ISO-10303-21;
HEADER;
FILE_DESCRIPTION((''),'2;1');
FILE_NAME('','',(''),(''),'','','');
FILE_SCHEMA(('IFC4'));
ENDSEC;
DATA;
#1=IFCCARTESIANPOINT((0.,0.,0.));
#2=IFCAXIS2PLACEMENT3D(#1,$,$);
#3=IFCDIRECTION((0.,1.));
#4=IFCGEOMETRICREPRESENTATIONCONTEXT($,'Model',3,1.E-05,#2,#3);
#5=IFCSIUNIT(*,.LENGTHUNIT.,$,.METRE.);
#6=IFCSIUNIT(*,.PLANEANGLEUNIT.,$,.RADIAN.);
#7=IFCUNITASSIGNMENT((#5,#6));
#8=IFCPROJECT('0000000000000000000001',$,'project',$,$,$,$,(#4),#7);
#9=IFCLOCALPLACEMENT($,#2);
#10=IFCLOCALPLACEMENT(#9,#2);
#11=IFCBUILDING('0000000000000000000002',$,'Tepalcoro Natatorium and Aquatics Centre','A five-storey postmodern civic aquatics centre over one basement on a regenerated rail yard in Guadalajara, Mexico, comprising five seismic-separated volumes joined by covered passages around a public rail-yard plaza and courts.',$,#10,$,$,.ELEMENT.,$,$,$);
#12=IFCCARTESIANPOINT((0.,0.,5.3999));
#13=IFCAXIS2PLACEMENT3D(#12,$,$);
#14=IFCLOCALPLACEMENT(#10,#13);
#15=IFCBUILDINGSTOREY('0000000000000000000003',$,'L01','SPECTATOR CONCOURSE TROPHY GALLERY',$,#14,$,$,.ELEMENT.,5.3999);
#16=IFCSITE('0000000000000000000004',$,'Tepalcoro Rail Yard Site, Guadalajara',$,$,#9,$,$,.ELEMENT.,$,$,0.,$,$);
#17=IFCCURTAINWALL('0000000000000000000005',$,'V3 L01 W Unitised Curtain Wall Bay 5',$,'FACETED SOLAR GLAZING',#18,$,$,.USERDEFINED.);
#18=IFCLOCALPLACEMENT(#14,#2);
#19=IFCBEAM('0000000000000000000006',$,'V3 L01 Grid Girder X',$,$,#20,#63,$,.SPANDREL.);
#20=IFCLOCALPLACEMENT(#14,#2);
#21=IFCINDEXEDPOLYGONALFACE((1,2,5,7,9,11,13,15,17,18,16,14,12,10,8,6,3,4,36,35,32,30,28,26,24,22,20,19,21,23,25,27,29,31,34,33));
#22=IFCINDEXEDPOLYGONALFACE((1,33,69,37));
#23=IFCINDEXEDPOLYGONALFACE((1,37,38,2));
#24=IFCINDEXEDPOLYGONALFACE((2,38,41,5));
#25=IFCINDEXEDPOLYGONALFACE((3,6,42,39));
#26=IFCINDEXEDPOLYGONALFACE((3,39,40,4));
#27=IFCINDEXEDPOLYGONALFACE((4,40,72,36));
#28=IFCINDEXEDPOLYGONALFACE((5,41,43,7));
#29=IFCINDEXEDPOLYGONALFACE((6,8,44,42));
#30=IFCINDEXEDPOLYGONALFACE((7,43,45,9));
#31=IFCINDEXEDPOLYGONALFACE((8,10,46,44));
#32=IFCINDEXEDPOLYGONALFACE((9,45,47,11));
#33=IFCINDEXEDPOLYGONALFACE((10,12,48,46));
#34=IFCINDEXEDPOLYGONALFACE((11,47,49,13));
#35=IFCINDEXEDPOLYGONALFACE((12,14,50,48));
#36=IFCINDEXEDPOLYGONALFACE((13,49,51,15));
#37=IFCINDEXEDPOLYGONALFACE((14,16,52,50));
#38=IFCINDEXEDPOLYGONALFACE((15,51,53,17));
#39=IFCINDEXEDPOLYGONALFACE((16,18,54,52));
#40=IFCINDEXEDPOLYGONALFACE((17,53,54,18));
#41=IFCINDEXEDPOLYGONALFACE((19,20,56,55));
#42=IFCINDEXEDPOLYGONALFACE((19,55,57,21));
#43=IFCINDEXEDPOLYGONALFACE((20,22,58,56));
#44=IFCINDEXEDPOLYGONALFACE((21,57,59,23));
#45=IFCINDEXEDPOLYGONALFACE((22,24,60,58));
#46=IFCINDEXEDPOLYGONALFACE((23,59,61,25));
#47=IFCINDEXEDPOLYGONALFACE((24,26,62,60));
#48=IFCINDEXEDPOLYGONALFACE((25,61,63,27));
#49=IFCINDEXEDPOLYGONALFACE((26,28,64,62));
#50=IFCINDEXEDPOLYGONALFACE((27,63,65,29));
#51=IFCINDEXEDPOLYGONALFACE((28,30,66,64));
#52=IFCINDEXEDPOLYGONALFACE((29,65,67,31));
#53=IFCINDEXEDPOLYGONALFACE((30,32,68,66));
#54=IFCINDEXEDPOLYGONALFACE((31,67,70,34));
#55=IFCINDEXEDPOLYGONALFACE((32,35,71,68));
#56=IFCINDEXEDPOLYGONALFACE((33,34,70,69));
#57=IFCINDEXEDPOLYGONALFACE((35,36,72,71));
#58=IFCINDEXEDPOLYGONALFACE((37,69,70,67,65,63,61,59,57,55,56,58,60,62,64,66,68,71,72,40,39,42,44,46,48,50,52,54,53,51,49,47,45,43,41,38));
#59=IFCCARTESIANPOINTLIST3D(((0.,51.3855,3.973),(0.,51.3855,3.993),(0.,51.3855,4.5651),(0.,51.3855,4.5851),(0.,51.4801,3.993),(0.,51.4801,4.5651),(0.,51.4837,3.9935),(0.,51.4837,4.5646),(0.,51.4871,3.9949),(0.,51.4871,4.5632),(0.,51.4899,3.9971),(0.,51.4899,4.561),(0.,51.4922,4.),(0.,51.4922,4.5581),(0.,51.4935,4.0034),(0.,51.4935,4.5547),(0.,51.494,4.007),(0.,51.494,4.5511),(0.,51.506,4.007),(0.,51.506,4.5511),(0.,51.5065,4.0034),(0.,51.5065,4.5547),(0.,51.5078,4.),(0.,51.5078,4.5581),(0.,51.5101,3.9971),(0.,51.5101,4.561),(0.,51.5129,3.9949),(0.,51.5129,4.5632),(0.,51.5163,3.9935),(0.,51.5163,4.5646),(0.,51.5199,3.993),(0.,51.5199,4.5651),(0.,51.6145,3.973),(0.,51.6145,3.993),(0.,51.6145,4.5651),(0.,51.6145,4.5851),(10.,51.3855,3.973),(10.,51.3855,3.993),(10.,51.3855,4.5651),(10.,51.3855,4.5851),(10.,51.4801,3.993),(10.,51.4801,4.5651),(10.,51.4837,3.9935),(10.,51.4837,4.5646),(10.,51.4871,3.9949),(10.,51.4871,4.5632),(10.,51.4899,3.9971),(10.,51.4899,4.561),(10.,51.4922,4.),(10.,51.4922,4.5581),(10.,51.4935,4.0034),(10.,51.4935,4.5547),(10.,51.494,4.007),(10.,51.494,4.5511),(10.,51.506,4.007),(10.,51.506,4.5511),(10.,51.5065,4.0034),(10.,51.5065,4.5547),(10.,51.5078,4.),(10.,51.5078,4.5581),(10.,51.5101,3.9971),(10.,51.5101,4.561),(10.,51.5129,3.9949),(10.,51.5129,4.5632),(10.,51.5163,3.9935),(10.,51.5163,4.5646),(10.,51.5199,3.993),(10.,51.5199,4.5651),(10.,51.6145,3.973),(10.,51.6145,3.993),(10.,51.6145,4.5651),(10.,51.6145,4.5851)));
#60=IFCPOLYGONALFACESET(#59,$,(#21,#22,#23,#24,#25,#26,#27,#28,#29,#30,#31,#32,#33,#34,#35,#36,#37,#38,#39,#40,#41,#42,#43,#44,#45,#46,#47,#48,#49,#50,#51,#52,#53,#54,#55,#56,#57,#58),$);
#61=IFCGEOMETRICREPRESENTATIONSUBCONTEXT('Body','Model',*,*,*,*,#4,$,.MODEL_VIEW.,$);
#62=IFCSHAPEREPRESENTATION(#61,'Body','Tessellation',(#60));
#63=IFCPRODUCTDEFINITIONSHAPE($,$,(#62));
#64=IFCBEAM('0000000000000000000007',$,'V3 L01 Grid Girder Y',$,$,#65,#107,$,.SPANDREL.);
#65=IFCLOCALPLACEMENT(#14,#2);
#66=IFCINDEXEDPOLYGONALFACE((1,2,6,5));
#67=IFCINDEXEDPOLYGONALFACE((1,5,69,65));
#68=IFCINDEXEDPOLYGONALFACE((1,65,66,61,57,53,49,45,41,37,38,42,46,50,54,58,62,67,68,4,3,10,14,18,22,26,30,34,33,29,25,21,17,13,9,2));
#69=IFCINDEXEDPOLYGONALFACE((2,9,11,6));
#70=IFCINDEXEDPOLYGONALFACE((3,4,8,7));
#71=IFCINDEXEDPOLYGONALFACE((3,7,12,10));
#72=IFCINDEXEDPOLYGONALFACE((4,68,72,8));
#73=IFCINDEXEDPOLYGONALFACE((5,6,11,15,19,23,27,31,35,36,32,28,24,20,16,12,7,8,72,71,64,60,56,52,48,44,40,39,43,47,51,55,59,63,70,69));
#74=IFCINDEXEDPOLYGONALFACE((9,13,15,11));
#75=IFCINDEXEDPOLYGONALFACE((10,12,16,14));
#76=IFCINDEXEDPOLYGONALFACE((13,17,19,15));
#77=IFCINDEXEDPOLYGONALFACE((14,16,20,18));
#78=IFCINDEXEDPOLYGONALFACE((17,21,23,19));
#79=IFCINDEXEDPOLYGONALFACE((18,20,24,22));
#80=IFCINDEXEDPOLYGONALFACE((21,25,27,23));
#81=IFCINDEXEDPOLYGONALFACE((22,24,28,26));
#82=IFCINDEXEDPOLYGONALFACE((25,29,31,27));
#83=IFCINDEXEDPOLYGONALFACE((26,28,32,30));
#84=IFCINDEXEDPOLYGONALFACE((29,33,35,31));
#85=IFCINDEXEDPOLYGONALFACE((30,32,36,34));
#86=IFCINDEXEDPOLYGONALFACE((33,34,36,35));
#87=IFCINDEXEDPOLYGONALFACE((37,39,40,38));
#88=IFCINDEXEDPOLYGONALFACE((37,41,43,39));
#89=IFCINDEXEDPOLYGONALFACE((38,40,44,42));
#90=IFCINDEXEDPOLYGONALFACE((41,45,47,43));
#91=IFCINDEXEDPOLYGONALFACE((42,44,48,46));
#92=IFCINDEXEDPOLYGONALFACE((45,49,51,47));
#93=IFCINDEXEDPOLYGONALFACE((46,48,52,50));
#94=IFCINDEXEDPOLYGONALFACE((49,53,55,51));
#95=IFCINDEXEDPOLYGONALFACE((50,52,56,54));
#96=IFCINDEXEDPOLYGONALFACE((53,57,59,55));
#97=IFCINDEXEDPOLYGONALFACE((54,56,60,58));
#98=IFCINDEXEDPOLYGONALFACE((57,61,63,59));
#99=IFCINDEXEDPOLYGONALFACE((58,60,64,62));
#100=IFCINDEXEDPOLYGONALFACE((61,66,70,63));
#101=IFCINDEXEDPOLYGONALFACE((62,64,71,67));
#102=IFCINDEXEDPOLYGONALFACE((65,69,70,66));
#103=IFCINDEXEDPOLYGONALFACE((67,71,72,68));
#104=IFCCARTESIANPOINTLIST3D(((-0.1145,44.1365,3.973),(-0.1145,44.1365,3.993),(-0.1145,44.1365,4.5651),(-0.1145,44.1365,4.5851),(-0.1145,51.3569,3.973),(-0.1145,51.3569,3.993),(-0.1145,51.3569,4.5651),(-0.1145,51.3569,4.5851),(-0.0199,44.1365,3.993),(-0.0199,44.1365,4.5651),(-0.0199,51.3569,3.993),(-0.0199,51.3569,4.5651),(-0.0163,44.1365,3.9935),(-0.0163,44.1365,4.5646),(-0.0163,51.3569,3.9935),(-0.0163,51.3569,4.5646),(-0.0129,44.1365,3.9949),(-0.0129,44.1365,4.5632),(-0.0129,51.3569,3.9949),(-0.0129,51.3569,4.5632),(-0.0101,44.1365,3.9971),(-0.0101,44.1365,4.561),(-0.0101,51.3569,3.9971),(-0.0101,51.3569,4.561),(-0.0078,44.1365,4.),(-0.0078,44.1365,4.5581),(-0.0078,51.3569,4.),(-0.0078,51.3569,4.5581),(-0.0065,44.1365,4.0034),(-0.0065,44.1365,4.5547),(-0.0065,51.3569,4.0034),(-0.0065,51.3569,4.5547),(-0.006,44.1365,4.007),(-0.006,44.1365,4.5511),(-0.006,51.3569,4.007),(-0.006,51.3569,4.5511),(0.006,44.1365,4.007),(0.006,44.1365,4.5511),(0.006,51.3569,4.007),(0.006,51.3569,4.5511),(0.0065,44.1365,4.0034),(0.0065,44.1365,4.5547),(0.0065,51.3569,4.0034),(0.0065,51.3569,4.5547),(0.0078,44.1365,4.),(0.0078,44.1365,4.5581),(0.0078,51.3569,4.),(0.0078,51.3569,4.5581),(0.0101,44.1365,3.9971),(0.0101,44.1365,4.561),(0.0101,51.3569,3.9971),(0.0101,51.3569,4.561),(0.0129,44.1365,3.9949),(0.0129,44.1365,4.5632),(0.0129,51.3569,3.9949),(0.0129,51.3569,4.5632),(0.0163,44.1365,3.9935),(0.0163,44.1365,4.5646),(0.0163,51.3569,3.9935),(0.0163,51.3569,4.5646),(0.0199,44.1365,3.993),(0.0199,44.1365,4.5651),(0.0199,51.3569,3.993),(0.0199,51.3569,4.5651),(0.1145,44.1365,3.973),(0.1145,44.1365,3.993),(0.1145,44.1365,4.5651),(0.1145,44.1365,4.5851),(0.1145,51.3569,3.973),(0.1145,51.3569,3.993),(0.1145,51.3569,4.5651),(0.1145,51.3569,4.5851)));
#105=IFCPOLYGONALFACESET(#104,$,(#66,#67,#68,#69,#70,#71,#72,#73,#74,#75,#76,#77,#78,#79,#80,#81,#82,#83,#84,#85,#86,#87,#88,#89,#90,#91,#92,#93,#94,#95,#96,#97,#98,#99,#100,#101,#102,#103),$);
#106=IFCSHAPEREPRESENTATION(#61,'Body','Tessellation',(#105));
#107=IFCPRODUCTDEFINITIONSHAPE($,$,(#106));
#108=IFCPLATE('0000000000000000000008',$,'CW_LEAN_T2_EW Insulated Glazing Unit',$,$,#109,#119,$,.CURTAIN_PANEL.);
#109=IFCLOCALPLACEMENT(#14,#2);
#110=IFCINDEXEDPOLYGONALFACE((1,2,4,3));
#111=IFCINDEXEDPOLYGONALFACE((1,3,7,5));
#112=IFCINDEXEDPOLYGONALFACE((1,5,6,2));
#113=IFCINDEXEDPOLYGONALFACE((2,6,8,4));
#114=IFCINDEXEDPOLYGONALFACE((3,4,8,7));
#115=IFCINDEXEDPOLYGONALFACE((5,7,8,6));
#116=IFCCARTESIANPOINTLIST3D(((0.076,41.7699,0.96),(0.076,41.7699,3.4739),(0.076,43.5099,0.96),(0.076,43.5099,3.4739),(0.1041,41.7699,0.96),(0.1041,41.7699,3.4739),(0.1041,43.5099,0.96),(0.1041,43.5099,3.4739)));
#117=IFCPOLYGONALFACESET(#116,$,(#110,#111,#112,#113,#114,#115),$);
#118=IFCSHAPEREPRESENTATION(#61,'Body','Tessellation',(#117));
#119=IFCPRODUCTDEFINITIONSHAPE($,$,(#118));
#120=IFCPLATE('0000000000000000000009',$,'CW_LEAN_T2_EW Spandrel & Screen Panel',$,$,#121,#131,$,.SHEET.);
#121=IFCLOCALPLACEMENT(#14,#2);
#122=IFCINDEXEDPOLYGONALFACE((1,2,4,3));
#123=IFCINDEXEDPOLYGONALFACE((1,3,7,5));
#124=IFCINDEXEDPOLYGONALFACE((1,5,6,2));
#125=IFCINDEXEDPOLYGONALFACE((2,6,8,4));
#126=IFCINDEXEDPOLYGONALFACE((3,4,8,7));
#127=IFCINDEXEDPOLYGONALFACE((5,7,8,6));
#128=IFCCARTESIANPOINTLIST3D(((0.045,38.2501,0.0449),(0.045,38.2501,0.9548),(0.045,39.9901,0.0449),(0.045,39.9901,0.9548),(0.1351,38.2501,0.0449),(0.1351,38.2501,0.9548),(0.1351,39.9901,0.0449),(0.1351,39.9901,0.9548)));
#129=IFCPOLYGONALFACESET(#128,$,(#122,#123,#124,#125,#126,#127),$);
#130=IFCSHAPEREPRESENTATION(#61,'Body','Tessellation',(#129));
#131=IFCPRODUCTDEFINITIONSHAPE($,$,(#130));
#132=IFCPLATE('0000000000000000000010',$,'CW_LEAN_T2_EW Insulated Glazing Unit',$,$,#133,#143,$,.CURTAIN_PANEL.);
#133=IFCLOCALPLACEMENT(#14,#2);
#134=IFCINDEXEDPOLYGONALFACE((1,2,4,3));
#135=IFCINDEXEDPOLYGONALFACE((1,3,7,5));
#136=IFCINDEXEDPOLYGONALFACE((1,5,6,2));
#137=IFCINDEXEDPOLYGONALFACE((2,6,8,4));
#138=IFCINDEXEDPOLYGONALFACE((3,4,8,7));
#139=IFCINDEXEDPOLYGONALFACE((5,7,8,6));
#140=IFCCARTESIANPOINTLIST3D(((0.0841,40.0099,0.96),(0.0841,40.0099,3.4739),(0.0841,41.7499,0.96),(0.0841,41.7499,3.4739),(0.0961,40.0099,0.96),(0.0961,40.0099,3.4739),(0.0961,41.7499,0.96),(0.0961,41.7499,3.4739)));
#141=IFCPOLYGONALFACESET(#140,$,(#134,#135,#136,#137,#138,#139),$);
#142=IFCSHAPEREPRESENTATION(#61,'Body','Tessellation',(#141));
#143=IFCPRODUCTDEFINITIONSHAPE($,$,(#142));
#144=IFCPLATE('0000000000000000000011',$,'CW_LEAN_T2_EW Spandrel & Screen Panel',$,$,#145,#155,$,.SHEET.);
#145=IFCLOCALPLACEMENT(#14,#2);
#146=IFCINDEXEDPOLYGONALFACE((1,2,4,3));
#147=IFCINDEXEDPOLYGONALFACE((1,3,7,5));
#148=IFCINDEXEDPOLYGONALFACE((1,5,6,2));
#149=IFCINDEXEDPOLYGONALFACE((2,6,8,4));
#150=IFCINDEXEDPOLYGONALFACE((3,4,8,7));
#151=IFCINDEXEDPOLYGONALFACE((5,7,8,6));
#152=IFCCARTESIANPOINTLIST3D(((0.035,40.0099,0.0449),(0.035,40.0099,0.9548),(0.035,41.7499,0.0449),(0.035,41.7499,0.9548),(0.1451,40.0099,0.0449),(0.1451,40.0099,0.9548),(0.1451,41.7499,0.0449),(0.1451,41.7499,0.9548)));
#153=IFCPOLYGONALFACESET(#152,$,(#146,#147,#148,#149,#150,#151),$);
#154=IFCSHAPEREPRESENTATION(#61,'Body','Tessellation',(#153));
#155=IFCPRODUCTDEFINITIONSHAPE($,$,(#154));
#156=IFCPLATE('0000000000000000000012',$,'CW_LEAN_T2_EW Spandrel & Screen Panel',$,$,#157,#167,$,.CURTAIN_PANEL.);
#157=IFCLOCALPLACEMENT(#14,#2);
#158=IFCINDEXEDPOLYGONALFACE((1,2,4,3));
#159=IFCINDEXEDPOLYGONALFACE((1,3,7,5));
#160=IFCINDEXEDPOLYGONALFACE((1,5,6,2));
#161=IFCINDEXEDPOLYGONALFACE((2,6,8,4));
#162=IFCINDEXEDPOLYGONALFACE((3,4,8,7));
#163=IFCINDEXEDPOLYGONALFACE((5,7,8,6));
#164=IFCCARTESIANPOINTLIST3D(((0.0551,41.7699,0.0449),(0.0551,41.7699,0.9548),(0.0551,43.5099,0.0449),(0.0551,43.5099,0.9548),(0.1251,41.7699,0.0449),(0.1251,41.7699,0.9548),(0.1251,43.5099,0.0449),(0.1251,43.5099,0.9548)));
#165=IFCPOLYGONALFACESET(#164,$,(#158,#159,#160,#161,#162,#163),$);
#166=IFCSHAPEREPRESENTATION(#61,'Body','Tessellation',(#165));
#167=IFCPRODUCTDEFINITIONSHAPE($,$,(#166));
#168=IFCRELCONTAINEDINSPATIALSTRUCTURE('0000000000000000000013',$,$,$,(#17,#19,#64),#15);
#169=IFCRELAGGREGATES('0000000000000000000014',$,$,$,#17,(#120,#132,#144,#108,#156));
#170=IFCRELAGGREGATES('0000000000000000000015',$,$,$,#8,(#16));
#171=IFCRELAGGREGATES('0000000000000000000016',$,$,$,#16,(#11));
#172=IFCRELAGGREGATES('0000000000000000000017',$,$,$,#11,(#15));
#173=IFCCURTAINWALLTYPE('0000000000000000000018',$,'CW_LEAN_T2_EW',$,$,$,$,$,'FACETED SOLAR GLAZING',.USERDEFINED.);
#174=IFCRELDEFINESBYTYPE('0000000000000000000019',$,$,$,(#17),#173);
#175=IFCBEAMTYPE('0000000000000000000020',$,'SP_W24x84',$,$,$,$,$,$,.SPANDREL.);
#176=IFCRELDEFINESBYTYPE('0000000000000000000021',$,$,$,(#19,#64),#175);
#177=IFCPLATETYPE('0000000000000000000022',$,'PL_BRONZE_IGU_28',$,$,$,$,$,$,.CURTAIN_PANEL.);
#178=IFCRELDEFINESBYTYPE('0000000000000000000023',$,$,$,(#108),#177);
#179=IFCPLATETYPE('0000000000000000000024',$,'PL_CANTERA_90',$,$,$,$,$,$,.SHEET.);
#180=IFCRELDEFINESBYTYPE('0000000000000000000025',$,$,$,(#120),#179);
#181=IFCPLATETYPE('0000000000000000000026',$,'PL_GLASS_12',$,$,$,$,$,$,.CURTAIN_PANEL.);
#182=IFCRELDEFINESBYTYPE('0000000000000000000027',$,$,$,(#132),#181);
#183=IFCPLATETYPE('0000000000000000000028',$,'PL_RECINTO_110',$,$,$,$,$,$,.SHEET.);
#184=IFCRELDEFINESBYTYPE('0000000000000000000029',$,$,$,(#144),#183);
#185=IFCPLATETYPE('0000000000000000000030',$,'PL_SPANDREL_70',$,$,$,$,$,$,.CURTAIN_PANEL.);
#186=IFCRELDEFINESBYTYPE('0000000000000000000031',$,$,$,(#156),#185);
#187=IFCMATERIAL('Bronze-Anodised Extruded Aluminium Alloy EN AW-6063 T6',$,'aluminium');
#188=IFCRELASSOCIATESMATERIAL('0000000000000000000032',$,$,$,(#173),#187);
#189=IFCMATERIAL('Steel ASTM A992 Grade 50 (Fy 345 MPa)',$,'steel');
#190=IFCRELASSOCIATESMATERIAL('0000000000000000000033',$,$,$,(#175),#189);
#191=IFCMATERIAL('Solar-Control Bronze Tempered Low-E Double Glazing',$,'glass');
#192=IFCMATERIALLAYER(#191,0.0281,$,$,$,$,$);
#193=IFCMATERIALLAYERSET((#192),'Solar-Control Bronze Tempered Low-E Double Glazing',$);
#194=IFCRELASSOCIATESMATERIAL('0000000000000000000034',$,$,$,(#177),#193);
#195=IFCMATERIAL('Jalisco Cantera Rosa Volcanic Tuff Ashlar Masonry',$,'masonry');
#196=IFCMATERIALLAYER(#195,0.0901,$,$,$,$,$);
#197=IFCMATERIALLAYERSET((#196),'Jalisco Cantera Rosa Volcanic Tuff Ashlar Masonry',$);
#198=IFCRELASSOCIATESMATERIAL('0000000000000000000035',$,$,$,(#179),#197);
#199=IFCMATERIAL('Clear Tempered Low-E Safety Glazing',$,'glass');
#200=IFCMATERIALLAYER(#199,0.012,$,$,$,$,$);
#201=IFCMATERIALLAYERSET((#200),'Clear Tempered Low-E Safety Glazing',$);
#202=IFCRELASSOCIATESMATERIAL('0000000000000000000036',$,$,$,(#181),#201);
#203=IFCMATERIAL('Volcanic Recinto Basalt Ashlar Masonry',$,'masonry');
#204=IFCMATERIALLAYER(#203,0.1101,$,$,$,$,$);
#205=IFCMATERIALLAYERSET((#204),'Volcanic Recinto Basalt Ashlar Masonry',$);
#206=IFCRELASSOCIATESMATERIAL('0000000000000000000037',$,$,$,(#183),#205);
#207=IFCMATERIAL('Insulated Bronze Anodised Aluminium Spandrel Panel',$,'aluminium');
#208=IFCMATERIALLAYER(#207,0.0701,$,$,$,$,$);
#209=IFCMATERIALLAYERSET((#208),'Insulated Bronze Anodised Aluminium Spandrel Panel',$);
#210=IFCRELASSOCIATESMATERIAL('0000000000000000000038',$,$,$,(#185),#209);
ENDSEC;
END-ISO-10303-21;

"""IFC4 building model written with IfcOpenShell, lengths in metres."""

from ifc_helpers import new_model, si_unit, direction, frame, origin, origin_2d, place, context, subcontext, project, spatial, rectangle, i_section, extrude, material, layer, layer_set, material_profile, profile_set, type_object, element, aggregate, save


model = new_model("IFC4")

# Units and contexts
model_context = context("Model", 3, precision=1e-05, world=origin(), true_north=direction((0.0, 1.0)))
body_context = subcontext(model_context, "Body", "Model", "MODEL_VIEW")
ifc_project = project(units=[si_unit("LENGTHUNIT", "METRE"), si_unit("PLANEANGLEUNIT", "RADIAN")], contexts=[model_context])

# Site, building, storey
site_placement = place(None, origin())
site = spatial("IfcSite", under=ifc_project, at=site_placement, Name="Tepalcoro Rail Yard Site, Guadalajara", CompositionType="ELEMENT", RefElevation=0.0)
building_placement = place(site_placement, origin())
building = spatial("IfcBuilding", under=site, at=building_placement, Name="Tepalcoro Natatorium and Aquatics Centre", Description="A five-storey postmodern civic aquatics centre over one basement on a regenerated rail yard in Guadalajara, Mexico, comprising five seismic-separated volumes joined by covered passages around a public rail-yard plaza and courts.", CompositionType="ELEMENT")
storey_placement = place(building_placement, frame((0.0, 0.0, 5.3999)))
storey = spatial("IfcBuildingStorey", under=building, at=storey_placement, Name="L01", Description="SPECTATOR CONCOURSE TROPHY GALLERY", CompositionType="ELEMENT", Elevation=5.3999)

# Shared definitions
ifc_material_1 = material(Name="Steel ASTM A992 Grade 50 (Fy 345 MPa)", Category="steel")

# Curtain wall
ifc_material_2 = material(Name="Bronze-Anodised Extruded Aluminium Alloy EN AW-6063 T6", Category="aluminium")
curtain_wall_type = type_object("IfcCurtainWallType", Name="CW_LEAN_T2_EW", ElementType="FACETED SOLAR GLAZING", PredefinedType="USERDEFINED", material=ifc_material_2)
curtain_wall_placement = place(storey_placement, origin())
curtain_wall = element("IfcCurtainWall", 1, at=curtain_wall_placement, inside=storey, type_object=curtain_wall_type, Name="V3 L01 W Unitised Curtain Wall Bay 5", ObjectType="FACETED SOLAR GLAZING", PredefinedType="USERDEFINED")

# Beams
ifc_material_profile_1 = material_profile(ifc_material_1, i_section(OverallWidth=0.229, OverallDepth=0.6121, WebThickness=0.012, FlangeThickness=0.02, FilletRadius=0.0139, at=origin_2d()), Name="W24X84")
ifc_profile_set_1 = profile_set([ifc_material_profile_1], Name="Steel ASTM A992 Grade 50 (Fy 345 MPa)")
beam_type = type_object("IfcBeamType", Name="SP_W24x84", PredefinedType="SPANDREL", material=ifc_profile_set_1)
beam_1_placement = place(storey_placement, frame((0.0, 51.5, 4.2791), z_axis=(1.0, 0.0, 0.0), x_axis=(0.0, 1.0, 0.0)))
element("IfcBeam", 2, at=beam_1_placement, inside=storey, type_object=beam_type, Name="V3 L01 Grid Girder X", PredefinedType="SPANDREL", context=body_context, shape_type="SweptSolid", body=[
    extrude(i_section(OverallWidth=0.229, OverallDepth=0.6121, WebThickness=0.012, FlangeThickness=0.02, FilletRadius=0.0139, at=origin_2d()), origin(), (0.0, 0.0, 1.0), 10.0),
])
beam_2_placement = place(storey_placement, frame((0.0, 44.1365, 4.2791), z_axis=(0.0, 1.0, 0.0), x_axis=(-1.0, 0.0, 0.0)))
element("IfcBeam", 3, at=beam_2_placement, inside=storey, type_object=beam_type, Name="V3 L01 Grid Girder Y", PredefinedType="SPANDREL", context=body_context, shape_type="SweptSolid", body=[
    extrude(i_section(OverallWidth=0.229, OverallDepth=0.6121, WebThickness=0.012, FlangeThickness=0.02, FilletRadius=0.0139, at=origin_2d()), origin(), (0.0, 0.0, 1.0), 7.2205),
])

# Plates
ifc_material_3 = material(Name="Solar-Control Bronze Tempered Low-E Double Glazing", Category="glass")
ifc_layer_1 = layer(ifc_material_3, 0.0281)
ifc_layer_set_1 = layer_set([ifc_layer_1], Name="Solar-Control Bronze Tempered Low-E Double Glazing")
plate_type_1 = type_object("IfcPlateType", Name="PL_BRONZE_IGU_28", PredefinedType="CURTAIN_PANEL", material=ifc_layer_set_1)
plate_1_placement = place(storey_placement, frame((0.0901, 42.6399, 0.96), z_axis=(0.0, 0.0, 1.0), x_axis=(1.0, 0.0, 0.0)))
plate_1 = element("IfcPlate", 4, at=plate_1_placement, type_object=plate_type_1, Name="CW_LEAN_T2_EW Insulated Glazing Unit", PredefinedType="CURTAIN_PANEL", context=body_context, shape_type="SweptSolid", body=[
    extrude(rectangle(XDim=0.0281, YDim=1.74, at=origin_2d()), origin(), (0.0, 0.0, 1.0), 2.5139),
])
ifc_material_4 = material(Name="Jalisco Cantera Rosa Volcanic Tuff Ashlar Masonry", Category="masonry")
ifc_layer_2 = layer(ifc_material_4, 0.0901)
ifc_layer_set_2 = layer_set([ifc_layer_2], Name="Jalisco Cantera Rosa Volcanic Tuff Ashlar Masonry")
plate_type_2 = type_object("IfcPlateType", Name="PL_CANTERA_90", PredefinedType="SHEET", material=ifc_layer_set_2)
plate_2_placement = place(storey_placement, frame((0.0901, 39.1201, 0.0449), z_axis=(0.0, 0.0, 1.0), x_axis=(1.0, 0.0, 0.0)))
plate_2 = element("IfcPlate", 5, at=plate_2_placement, type_object=plate_type_2, Name="CW_LEAN_T2_EW Spandrel & Screen Panel", PredefinedType="SHEET", context=body_context, shape_type="SweptSolid", body=[
    extrude(rectangle(XDim=0.0901, YDim=1.74, at=origin_2d()), origin(), (0.0, 0.0, 1.0), 0.9099),
])
ifc_material_5 = material(Name="Clear Tempered Low-E Safety Glazing", Category="glass")
ifc_layer_3 = layer(ifc_material_5, 0.012)
ifc_layer_set_3 = layer_set([ifc_layer_3], Name="Clear Tempered Low-E Safety Glazing")
plate_type_3 = type_object("IfcPlateType", Name="PL_GLASS_12", PredefinedType="CURTAIN_PANEL", material=ifc_layer_set_3)
plate_3_placement = place(storey_placement, frame((0.0901, 40.8799, 0.96), z_axis=(0.0, 0.0, 1.0), x_axis=(1.0, 0.0, 0.0)))
plate_3 = element("IfcPlate", 6, at=plate_3_placement, type_object=plate_type_3, Name="CW_LEAN_T2_EW Insulated Glazing Unit", PredefinedType="CURTAIN_PANEL", context=body_context, shape_type="SweptSolid", body=[
    extrude(rectangle(XDim=0.012, YDim=1.74, at=origin_2d()), origin(), (0.0, 0.0, 1.0), 2.5139),
])
ifc_material_6 = material(Name="Volcanic Recinto Basalt Ashlar Masonry", Category="masonry")
ifc_layer_4 = layer(ifc_material_6, 0.1101)
ifc_layer_set_4 = layer_set([ifc_layer_4], Name="Volcanic Recinto Basalt Ashlar Masonry")
plate_type_4 = type_object("IfcPlateType", Name="PL_RECINTO_110", PredefinedType="SHEET", material=ifc_layer_set_4)
plate_4_placement = place(storey_placement, frame((0.0901, 40.8799, 0.0449), z_axis=(0.0, 0.0, 1.0), x_axis=(1.0, 0.0, 0.0)))
plate_4 = element("IfcPlate", 7, at=plate_4_placement, type_object=plate_type_4, Name="CW_LEAN_T2_EW Spandrel & Screen Panel", PredefinedType="SHEET", context=body_context, shape_type="SweptSolid", body=[
    extrude(rectangle(XDim=0.1101, YDim=1.74, at=origin_2d()), origin(), (0.0, 0.0, 1.0), 0.9099),
])
ifc_material_7 = material(Name="Insulated Bronze Anodised Aluminium Spandrel Panel", Category="aluminium")
ifc_layer_5 = layer(ifc_material_7, 0.0701)
ifc_layer_set_5 = layer_set([ifc_layer_5], Name="Insulated Bronze Anodised Aluminium Spandrel Panel")
plate_type_5 = type_object("IfcPlateType", Name="PL_SPANDREL_70", PredefinedType="CURTAIN_PANEL", material=ifc_layer_set_5)
plate_5_placement = place(storey_placement, frame((0.0901, 42.6399, 0.0449), z_axis=(0.0, 0.0, 1.0), x_axis=(1.0, 0.0, 0.0)))
plate_5 = element("IfcPlate", 8, at=plate_5_placement, type_object=plate_type_5, Name="CW_LEAN_T2_EW Spandrel & Screen Panel", PredefinedType="CURTAIN_PANEL", context=body_context, shape_type="SweptSolid", body=[
    extrude(rectangle(XDim=0.0701, YDim=1.74, at=origin_2d()), origin(), (0.0, 0.0, 1.0), 0.9099),
])
aggregate(curtain_wall, [plate_2, plate_3, plate_4, plate_1, plate_5])

save(model, "model.ifc")
